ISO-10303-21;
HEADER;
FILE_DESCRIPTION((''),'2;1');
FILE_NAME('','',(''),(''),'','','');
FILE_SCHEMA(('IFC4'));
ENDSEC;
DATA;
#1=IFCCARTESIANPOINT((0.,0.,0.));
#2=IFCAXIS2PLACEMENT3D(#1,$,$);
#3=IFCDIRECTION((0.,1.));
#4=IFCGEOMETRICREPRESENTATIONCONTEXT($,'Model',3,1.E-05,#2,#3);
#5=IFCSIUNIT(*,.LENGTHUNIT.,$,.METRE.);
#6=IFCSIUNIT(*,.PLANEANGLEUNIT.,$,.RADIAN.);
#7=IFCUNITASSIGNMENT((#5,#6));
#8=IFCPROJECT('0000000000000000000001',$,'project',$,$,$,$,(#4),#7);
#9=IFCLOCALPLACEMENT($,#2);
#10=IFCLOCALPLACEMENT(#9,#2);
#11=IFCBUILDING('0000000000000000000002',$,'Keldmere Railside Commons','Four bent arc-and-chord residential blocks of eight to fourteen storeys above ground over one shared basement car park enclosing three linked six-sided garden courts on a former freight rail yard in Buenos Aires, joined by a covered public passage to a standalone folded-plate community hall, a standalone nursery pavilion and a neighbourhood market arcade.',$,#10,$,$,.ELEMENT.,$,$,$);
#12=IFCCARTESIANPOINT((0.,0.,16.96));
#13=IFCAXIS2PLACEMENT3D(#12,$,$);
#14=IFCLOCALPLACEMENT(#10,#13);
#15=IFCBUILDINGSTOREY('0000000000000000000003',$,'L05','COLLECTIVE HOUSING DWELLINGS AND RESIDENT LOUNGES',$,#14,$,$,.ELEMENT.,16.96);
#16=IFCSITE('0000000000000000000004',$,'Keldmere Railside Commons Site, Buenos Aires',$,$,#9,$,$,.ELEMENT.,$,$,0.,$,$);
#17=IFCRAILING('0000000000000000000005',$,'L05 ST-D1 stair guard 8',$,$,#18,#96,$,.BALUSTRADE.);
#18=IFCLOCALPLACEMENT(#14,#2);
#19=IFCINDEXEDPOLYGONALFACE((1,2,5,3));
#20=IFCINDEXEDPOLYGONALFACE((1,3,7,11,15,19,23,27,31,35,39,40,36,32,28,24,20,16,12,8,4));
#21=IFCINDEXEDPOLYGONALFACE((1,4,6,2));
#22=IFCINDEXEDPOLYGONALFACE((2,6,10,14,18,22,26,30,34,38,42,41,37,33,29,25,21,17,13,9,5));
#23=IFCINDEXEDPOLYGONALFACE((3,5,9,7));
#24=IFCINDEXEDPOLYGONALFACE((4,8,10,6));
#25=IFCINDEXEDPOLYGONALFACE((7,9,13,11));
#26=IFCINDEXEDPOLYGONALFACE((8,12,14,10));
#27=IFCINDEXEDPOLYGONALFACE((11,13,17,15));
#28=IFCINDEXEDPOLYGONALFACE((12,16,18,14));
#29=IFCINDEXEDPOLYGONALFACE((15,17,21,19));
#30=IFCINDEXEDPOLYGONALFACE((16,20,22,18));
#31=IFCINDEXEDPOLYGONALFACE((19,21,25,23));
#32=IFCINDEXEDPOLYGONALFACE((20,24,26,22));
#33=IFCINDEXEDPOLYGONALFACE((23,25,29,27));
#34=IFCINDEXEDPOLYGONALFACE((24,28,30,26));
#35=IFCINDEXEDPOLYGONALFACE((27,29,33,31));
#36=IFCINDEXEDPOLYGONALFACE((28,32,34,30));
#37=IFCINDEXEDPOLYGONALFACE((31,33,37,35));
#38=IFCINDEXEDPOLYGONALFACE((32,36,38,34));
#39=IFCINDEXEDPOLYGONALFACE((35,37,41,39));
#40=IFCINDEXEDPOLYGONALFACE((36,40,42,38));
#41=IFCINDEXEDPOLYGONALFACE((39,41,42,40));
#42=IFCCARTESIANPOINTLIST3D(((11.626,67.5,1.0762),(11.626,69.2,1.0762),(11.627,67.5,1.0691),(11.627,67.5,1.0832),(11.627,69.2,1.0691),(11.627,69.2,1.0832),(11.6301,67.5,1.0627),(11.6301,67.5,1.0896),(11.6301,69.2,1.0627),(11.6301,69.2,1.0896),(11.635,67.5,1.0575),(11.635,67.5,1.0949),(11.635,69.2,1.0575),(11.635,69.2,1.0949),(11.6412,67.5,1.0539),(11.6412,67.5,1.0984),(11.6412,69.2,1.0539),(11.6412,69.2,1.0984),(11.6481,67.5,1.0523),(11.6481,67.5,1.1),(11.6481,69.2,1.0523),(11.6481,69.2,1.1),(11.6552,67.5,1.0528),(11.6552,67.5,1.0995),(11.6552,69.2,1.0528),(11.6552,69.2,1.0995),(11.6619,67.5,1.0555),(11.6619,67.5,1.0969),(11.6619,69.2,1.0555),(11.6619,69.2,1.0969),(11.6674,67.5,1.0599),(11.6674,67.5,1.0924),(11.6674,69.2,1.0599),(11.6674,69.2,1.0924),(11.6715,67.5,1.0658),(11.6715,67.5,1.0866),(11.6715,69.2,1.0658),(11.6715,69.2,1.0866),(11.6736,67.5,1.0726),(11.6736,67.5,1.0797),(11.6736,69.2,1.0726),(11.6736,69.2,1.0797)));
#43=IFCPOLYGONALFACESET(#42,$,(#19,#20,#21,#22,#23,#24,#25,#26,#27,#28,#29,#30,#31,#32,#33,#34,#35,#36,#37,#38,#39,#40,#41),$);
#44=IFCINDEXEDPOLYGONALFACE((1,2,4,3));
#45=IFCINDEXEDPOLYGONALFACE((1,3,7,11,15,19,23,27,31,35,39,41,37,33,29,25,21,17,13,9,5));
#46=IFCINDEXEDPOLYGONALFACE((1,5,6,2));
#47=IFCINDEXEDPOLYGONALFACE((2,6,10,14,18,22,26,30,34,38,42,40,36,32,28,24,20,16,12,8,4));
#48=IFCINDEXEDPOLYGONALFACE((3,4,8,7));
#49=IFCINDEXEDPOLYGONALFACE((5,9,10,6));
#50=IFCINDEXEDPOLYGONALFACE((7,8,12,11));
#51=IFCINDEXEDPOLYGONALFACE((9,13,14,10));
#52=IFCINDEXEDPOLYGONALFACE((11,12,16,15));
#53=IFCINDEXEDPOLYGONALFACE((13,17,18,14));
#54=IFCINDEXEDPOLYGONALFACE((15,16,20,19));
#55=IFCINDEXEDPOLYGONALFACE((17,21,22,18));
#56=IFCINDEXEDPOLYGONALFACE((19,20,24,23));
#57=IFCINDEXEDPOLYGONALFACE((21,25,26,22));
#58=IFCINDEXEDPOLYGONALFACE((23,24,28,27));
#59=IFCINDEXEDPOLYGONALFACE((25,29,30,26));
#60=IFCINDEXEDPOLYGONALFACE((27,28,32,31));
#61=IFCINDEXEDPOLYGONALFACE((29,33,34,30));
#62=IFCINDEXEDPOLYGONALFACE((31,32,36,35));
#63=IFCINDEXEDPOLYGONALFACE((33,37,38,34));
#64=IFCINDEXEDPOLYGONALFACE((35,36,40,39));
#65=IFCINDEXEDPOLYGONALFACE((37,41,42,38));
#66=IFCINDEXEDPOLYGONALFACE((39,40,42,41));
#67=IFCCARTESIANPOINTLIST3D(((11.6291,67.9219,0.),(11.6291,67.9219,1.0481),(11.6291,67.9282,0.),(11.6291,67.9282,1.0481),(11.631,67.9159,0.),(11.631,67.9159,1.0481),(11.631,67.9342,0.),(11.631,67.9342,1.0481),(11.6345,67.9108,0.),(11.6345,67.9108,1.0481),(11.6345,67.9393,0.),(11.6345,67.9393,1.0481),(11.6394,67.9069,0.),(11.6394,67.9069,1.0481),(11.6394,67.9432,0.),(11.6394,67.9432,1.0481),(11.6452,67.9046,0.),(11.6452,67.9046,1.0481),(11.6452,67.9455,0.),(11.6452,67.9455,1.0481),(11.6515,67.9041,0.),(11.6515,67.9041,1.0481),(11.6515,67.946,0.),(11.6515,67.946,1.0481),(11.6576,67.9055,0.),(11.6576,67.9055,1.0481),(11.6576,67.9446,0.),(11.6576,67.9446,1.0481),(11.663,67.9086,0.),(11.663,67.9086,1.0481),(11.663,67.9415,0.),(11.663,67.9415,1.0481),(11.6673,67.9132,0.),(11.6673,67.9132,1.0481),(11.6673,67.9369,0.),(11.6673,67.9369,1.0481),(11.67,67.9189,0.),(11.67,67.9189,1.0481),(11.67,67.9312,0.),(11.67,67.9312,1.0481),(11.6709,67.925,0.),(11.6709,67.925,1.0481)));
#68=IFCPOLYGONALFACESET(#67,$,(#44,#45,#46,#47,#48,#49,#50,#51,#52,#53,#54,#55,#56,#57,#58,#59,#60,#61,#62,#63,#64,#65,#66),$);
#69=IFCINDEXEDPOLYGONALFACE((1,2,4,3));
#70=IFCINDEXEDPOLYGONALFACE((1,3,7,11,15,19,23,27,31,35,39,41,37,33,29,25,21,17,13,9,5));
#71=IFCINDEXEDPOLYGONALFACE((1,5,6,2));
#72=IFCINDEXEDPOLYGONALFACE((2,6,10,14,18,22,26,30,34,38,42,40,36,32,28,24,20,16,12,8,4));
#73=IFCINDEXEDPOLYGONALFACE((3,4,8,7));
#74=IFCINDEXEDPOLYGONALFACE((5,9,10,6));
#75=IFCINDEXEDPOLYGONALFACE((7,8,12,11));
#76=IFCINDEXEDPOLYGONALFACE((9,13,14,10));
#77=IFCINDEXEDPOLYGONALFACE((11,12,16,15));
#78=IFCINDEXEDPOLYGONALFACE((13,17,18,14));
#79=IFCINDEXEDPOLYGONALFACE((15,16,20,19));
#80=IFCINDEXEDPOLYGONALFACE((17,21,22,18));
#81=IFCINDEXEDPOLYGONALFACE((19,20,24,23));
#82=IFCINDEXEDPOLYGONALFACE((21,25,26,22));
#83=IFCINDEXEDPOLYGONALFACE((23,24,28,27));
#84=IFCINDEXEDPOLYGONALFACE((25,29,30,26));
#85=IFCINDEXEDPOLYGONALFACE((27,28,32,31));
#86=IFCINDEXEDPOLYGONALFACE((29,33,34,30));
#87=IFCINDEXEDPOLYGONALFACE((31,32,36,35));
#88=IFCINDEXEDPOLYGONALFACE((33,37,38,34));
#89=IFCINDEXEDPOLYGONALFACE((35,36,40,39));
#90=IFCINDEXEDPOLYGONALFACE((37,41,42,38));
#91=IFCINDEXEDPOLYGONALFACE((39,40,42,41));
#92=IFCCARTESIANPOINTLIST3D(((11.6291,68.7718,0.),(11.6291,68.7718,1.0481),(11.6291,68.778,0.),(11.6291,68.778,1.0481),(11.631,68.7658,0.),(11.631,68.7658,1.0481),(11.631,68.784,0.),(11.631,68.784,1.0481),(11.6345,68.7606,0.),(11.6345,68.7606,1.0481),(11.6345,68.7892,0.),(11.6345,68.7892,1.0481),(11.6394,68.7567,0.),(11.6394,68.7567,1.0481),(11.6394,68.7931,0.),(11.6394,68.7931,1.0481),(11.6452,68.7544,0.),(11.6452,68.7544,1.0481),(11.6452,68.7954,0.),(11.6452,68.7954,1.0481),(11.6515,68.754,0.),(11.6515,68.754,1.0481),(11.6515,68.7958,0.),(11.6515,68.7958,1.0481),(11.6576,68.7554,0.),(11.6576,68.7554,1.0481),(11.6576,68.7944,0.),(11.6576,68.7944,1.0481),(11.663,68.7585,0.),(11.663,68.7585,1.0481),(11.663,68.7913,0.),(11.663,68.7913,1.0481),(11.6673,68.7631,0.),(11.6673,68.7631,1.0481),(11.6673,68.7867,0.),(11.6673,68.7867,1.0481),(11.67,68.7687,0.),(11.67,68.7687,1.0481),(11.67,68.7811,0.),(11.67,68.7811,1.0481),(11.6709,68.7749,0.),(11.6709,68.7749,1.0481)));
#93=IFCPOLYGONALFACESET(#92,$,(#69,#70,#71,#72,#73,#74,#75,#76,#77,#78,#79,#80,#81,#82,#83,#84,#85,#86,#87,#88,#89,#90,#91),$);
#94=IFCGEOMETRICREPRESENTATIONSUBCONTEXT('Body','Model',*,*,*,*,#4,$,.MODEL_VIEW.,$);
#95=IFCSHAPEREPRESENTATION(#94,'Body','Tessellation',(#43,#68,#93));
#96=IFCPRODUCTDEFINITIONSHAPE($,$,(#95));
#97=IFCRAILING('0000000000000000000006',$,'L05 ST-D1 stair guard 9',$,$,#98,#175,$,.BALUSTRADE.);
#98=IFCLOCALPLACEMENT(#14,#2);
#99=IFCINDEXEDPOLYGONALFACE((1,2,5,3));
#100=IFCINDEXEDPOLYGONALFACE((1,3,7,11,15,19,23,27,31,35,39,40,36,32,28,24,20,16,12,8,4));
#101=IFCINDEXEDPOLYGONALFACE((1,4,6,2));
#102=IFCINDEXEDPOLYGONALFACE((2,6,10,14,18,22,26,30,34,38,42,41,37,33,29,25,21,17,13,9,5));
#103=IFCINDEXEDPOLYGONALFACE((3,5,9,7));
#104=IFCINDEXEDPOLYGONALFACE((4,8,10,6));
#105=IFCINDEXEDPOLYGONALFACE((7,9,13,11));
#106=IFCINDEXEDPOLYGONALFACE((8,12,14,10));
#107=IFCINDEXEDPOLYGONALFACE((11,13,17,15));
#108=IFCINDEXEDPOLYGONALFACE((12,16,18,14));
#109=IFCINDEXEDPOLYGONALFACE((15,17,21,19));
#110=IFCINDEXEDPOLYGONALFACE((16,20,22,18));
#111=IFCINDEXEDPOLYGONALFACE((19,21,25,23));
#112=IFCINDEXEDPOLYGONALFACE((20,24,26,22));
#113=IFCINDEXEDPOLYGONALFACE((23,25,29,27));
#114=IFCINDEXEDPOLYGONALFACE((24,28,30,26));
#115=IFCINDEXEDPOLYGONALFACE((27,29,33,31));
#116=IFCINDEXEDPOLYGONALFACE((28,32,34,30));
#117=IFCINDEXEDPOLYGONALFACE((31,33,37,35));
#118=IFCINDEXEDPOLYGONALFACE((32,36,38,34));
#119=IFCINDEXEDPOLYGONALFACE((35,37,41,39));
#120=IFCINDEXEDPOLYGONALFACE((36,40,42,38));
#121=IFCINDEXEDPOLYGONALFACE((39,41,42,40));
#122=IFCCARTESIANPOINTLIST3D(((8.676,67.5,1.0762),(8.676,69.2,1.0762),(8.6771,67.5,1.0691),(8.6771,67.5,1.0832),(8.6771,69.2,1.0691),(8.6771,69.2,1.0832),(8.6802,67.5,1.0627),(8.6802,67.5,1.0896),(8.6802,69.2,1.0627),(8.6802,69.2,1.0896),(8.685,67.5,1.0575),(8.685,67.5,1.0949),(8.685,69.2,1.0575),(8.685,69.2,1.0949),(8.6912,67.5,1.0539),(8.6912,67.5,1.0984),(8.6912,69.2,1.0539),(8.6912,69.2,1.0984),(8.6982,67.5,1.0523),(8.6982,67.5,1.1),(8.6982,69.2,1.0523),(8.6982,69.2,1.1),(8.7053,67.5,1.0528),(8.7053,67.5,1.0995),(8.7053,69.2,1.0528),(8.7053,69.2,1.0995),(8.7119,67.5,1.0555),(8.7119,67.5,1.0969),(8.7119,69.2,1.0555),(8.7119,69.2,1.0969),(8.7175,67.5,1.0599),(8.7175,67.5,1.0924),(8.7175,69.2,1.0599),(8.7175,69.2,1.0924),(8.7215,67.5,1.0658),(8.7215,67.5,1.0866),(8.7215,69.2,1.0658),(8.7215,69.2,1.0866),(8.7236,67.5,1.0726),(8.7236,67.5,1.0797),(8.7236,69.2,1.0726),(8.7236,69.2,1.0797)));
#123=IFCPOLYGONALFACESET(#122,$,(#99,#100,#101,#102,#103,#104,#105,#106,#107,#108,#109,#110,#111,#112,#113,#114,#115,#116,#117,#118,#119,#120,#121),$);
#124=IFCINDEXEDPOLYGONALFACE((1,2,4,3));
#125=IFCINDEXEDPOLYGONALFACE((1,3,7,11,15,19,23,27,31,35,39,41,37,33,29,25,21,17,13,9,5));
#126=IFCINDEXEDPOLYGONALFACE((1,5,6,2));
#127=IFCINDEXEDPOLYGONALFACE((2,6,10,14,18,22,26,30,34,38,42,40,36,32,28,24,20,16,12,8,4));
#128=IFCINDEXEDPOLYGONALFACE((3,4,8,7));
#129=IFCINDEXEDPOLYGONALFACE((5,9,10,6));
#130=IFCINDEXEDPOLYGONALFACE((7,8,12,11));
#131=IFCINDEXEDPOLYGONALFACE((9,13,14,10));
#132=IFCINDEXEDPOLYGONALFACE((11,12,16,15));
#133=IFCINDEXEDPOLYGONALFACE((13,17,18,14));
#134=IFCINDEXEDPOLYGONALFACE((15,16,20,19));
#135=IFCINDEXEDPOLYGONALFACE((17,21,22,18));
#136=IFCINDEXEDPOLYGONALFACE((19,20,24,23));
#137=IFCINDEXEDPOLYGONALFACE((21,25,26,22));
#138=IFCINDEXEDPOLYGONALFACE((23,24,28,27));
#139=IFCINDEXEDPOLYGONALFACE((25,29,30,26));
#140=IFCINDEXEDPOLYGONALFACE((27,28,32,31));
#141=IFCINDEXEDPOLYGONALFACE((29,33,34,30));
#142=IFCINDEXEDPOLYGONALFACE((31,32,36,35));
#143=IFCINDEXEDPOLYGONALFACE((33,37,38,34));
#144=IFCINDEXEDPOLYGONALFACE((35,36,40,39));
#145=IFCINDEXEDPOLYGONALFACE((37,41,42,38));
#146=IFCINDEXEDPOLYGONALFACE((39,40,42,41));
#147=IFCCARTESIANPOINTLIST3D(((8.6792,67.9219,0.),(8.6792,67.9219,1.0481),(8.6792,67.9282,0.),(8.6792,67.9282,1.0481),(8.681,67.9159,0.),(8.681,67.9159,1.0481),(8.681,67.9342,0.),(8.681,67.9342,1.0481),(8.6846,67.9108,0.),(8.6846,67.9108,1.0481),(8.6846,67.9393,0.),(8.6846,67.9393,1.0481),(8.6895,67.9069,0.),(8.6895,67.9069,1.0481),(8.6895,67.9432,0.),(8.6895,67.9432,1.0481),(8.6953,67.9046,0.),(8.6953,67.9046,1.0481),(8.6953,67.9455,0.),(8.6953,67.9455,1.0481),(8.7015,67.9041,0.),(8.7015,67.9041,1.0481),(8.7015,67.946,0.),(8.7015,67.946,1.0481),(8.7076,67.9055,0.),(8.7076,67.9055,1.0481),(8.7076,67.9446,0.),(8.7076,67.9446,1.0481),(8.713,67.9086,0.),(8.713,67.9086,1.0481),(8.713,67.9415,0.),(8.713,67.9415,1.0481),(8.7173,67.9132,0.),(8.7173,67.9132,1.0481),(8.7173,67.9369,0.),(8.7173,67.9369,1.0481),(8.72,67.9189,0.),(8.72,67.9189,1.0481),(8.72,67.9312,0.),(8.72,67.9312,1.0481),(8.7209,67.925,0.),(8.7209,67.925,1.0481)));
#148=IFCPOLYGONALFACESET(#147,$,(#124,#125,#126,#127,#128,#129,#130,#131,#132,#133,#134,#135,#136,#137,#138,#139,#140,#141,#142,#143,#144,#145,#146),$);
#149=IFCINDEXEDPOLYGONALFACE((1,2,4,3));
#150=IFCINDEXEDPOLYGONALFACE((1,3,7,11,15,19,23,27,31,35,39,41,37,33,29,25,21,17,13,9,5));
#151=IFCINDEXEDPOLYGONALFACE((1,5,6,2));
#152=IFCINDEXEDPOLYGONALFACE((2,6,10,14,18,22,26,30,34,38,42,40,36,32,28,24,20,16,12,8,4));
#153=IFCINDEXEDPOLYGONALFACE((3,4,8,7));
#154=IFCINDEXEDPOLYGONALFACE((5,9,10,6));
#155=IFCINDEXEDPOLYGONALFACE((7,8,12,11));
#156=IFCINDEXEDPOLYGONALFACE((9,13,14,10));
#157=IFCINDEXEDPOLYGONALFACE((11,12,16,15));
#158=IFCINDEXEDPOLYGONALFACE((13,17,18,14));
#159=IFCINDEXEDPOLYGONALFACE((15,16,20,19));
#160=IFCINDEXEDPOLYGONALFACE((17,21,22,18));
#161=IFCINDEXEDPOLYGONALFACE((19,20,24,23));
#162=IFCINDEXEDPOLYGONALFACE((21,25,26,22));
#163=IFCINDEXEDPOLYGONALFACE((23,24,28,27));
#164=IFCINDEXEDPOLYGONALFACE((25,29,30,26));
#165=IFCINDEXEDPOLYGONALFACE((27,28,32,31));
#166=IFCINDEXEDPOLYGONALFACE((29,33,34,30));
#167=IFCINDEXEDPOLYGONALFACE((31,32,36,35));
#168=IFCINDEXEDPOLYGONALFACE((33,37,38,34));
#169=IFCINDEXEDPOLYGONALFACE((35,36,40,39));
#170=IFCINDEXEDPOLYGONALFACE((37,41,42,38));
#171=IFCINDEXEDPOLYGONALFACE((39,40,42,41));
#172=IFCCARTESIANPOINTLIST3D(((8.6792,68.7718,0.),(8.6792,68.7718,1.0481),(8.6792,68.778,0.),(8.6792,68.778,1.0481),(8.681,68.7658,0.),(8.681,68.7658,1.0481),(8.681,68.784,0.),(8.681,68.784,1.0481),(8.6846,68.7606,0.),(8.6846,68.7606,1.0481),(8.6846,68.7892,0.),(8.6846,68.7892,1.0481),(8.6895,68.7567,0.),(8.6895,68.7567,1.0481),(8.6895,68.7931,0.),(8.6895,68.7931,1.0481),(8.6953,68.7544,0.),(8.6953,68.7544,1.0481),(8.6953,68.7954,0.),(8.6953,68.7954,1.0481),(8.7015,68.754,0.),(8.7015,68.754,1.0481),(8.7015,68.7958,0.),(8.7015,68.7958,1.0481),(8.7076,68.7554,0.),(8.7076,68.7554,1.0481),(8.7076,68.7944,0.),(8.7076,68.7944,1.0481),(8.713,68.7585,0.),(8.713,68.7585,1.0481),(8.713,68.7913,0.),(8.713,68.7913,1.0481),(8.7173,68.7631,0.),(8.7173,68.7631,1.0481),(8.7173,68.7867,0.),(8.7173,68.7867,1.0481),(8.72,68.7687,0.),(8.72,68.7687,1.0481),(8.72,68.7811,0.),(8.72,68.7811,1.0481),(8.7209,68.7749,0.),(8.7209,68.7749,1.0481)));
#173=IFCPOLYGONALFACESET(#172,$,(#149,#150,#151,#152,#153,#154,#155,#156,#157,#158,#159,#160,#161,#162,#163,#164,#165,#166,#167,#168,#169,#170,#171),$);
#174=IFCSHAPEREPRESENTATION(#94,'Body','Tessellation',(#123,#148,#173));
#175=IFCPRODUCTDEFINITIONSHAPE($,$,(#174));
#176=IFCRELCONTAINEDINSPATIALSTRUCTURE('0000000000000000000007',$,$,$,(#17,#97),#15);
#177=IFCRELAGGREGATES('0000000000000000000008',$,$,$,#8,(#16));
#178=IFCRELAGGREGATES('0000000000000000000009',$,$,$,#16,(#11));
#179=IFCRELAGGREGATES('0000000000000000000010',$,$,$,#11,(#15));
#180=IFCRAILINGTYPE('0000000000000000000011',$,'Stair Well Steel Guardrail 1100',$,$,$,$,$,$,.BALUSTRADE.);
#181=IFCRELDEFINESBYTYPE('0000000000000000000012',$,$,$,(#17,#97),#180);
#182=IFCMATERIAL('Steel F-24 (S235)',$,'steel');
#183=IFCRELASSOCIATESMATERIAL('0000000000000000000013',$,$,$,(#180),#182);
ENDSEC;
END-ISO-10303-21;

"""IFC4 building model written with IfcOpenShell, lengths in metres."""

from ifc_helpers import new_model, si_unit, direction, frame, origin, origin_2d, place, context, subcontext, project, spatial, circle, extrude, material, type_object, element, save


model = new_model("IFC4")

# Units and contexts
model_context = context("Model", 3, precision=1e-05, world=origin(), true_north=direction((0.0, 1.0)))
body_context = subcontext(model_context, "Body", "Model", "MODEL_VIEW")
ifc_project = project(units=[si_unit("LENGTHUNIT", "METRE"), si_unit("PLANEANGLEUNIT", "RADIAN")], contexts=[model_context])

# Site, building, storey
site_placement = place(None, origin())
site = spatial("IfcSite", under=ifc_project, at=site_placement, Name="Keldmere Railside Commons Site, Buenos Aires", CompositionType="ELEMENT", RefElevation=0.0)
building_placement = place(site_placement, origin())
building = spatial("IfcBuilding", under=site, at=building_placement, Name="Keldmere Railside Commons", Description="Four bent arc-and-chord residential blocks of eight to fourteen storeys above ground over one shared basement car park enclosing three linked six-sided garden courts on a former freight rail yard in Buenos Aires, joined by a covered public passage to a standalone folded-plate community hall, a standalone nursery pavilion and a neighbourhood market arcade.", CompositionType="ELEMENT")
storey_placement = place(building_placement, frame((0.0, 0.0, 16.96)))
storey = spatial("IfcBuildingStorey", under=building, at=storey_placement, Name="L05", Description="COLLECTIVE HOUSING DWELLINGS AND RESIDENT LOUNGES", CompositionType="ELEMENT", Elevation=16.96)

# Railings
ifc_material_1 = material(Name="Steel F-24 (S235)", Category="steel")
railing_type_1 = type_object("IfcRailingType", Name="Stair Well Steel Guardrail 1100", PredefinedType="BALUSTRADE", material=ifc_material_1)
for number, where, name in (
    (1, (11.6499, 67.5, 0.0), "L05 ST-D1 stair guard 8"),
    (2, (8.7, 67.5, 0.0), "L05 ST-D1 stair guard 9"),
):
    element("IfcRailing", number, at=place(storey_placement, frame(where)), inside=storey, type_object=railing_type_1, Name=name, PredefinedType="BALUSTRADE", context=body_context, shape_type="SweptSolid", body=[
        extrude(circle(Radius=0.0239, at=origin_2d()), frame((0.0, 0.0, 1.0762), z_axis=(0.0, 1.0, 0.0), x_axis=(-1.0, 0.0, 0.0)), (0.0, 0.0, 1.0), 1.7),
        extrude(circle(Radius=0.021, at=origin_2d()), frame((0.0, 0.425, 0.0)), (0.0, 0.0, 1.0), 1.0481),
        extrude(circle(Radius=0.021, at=origin_2d()), frame((0.0, 1.2749, 0.0)), (0.0, 0.0, 1.0), 1.0481),
    ])

save(model, "model.ifc")
